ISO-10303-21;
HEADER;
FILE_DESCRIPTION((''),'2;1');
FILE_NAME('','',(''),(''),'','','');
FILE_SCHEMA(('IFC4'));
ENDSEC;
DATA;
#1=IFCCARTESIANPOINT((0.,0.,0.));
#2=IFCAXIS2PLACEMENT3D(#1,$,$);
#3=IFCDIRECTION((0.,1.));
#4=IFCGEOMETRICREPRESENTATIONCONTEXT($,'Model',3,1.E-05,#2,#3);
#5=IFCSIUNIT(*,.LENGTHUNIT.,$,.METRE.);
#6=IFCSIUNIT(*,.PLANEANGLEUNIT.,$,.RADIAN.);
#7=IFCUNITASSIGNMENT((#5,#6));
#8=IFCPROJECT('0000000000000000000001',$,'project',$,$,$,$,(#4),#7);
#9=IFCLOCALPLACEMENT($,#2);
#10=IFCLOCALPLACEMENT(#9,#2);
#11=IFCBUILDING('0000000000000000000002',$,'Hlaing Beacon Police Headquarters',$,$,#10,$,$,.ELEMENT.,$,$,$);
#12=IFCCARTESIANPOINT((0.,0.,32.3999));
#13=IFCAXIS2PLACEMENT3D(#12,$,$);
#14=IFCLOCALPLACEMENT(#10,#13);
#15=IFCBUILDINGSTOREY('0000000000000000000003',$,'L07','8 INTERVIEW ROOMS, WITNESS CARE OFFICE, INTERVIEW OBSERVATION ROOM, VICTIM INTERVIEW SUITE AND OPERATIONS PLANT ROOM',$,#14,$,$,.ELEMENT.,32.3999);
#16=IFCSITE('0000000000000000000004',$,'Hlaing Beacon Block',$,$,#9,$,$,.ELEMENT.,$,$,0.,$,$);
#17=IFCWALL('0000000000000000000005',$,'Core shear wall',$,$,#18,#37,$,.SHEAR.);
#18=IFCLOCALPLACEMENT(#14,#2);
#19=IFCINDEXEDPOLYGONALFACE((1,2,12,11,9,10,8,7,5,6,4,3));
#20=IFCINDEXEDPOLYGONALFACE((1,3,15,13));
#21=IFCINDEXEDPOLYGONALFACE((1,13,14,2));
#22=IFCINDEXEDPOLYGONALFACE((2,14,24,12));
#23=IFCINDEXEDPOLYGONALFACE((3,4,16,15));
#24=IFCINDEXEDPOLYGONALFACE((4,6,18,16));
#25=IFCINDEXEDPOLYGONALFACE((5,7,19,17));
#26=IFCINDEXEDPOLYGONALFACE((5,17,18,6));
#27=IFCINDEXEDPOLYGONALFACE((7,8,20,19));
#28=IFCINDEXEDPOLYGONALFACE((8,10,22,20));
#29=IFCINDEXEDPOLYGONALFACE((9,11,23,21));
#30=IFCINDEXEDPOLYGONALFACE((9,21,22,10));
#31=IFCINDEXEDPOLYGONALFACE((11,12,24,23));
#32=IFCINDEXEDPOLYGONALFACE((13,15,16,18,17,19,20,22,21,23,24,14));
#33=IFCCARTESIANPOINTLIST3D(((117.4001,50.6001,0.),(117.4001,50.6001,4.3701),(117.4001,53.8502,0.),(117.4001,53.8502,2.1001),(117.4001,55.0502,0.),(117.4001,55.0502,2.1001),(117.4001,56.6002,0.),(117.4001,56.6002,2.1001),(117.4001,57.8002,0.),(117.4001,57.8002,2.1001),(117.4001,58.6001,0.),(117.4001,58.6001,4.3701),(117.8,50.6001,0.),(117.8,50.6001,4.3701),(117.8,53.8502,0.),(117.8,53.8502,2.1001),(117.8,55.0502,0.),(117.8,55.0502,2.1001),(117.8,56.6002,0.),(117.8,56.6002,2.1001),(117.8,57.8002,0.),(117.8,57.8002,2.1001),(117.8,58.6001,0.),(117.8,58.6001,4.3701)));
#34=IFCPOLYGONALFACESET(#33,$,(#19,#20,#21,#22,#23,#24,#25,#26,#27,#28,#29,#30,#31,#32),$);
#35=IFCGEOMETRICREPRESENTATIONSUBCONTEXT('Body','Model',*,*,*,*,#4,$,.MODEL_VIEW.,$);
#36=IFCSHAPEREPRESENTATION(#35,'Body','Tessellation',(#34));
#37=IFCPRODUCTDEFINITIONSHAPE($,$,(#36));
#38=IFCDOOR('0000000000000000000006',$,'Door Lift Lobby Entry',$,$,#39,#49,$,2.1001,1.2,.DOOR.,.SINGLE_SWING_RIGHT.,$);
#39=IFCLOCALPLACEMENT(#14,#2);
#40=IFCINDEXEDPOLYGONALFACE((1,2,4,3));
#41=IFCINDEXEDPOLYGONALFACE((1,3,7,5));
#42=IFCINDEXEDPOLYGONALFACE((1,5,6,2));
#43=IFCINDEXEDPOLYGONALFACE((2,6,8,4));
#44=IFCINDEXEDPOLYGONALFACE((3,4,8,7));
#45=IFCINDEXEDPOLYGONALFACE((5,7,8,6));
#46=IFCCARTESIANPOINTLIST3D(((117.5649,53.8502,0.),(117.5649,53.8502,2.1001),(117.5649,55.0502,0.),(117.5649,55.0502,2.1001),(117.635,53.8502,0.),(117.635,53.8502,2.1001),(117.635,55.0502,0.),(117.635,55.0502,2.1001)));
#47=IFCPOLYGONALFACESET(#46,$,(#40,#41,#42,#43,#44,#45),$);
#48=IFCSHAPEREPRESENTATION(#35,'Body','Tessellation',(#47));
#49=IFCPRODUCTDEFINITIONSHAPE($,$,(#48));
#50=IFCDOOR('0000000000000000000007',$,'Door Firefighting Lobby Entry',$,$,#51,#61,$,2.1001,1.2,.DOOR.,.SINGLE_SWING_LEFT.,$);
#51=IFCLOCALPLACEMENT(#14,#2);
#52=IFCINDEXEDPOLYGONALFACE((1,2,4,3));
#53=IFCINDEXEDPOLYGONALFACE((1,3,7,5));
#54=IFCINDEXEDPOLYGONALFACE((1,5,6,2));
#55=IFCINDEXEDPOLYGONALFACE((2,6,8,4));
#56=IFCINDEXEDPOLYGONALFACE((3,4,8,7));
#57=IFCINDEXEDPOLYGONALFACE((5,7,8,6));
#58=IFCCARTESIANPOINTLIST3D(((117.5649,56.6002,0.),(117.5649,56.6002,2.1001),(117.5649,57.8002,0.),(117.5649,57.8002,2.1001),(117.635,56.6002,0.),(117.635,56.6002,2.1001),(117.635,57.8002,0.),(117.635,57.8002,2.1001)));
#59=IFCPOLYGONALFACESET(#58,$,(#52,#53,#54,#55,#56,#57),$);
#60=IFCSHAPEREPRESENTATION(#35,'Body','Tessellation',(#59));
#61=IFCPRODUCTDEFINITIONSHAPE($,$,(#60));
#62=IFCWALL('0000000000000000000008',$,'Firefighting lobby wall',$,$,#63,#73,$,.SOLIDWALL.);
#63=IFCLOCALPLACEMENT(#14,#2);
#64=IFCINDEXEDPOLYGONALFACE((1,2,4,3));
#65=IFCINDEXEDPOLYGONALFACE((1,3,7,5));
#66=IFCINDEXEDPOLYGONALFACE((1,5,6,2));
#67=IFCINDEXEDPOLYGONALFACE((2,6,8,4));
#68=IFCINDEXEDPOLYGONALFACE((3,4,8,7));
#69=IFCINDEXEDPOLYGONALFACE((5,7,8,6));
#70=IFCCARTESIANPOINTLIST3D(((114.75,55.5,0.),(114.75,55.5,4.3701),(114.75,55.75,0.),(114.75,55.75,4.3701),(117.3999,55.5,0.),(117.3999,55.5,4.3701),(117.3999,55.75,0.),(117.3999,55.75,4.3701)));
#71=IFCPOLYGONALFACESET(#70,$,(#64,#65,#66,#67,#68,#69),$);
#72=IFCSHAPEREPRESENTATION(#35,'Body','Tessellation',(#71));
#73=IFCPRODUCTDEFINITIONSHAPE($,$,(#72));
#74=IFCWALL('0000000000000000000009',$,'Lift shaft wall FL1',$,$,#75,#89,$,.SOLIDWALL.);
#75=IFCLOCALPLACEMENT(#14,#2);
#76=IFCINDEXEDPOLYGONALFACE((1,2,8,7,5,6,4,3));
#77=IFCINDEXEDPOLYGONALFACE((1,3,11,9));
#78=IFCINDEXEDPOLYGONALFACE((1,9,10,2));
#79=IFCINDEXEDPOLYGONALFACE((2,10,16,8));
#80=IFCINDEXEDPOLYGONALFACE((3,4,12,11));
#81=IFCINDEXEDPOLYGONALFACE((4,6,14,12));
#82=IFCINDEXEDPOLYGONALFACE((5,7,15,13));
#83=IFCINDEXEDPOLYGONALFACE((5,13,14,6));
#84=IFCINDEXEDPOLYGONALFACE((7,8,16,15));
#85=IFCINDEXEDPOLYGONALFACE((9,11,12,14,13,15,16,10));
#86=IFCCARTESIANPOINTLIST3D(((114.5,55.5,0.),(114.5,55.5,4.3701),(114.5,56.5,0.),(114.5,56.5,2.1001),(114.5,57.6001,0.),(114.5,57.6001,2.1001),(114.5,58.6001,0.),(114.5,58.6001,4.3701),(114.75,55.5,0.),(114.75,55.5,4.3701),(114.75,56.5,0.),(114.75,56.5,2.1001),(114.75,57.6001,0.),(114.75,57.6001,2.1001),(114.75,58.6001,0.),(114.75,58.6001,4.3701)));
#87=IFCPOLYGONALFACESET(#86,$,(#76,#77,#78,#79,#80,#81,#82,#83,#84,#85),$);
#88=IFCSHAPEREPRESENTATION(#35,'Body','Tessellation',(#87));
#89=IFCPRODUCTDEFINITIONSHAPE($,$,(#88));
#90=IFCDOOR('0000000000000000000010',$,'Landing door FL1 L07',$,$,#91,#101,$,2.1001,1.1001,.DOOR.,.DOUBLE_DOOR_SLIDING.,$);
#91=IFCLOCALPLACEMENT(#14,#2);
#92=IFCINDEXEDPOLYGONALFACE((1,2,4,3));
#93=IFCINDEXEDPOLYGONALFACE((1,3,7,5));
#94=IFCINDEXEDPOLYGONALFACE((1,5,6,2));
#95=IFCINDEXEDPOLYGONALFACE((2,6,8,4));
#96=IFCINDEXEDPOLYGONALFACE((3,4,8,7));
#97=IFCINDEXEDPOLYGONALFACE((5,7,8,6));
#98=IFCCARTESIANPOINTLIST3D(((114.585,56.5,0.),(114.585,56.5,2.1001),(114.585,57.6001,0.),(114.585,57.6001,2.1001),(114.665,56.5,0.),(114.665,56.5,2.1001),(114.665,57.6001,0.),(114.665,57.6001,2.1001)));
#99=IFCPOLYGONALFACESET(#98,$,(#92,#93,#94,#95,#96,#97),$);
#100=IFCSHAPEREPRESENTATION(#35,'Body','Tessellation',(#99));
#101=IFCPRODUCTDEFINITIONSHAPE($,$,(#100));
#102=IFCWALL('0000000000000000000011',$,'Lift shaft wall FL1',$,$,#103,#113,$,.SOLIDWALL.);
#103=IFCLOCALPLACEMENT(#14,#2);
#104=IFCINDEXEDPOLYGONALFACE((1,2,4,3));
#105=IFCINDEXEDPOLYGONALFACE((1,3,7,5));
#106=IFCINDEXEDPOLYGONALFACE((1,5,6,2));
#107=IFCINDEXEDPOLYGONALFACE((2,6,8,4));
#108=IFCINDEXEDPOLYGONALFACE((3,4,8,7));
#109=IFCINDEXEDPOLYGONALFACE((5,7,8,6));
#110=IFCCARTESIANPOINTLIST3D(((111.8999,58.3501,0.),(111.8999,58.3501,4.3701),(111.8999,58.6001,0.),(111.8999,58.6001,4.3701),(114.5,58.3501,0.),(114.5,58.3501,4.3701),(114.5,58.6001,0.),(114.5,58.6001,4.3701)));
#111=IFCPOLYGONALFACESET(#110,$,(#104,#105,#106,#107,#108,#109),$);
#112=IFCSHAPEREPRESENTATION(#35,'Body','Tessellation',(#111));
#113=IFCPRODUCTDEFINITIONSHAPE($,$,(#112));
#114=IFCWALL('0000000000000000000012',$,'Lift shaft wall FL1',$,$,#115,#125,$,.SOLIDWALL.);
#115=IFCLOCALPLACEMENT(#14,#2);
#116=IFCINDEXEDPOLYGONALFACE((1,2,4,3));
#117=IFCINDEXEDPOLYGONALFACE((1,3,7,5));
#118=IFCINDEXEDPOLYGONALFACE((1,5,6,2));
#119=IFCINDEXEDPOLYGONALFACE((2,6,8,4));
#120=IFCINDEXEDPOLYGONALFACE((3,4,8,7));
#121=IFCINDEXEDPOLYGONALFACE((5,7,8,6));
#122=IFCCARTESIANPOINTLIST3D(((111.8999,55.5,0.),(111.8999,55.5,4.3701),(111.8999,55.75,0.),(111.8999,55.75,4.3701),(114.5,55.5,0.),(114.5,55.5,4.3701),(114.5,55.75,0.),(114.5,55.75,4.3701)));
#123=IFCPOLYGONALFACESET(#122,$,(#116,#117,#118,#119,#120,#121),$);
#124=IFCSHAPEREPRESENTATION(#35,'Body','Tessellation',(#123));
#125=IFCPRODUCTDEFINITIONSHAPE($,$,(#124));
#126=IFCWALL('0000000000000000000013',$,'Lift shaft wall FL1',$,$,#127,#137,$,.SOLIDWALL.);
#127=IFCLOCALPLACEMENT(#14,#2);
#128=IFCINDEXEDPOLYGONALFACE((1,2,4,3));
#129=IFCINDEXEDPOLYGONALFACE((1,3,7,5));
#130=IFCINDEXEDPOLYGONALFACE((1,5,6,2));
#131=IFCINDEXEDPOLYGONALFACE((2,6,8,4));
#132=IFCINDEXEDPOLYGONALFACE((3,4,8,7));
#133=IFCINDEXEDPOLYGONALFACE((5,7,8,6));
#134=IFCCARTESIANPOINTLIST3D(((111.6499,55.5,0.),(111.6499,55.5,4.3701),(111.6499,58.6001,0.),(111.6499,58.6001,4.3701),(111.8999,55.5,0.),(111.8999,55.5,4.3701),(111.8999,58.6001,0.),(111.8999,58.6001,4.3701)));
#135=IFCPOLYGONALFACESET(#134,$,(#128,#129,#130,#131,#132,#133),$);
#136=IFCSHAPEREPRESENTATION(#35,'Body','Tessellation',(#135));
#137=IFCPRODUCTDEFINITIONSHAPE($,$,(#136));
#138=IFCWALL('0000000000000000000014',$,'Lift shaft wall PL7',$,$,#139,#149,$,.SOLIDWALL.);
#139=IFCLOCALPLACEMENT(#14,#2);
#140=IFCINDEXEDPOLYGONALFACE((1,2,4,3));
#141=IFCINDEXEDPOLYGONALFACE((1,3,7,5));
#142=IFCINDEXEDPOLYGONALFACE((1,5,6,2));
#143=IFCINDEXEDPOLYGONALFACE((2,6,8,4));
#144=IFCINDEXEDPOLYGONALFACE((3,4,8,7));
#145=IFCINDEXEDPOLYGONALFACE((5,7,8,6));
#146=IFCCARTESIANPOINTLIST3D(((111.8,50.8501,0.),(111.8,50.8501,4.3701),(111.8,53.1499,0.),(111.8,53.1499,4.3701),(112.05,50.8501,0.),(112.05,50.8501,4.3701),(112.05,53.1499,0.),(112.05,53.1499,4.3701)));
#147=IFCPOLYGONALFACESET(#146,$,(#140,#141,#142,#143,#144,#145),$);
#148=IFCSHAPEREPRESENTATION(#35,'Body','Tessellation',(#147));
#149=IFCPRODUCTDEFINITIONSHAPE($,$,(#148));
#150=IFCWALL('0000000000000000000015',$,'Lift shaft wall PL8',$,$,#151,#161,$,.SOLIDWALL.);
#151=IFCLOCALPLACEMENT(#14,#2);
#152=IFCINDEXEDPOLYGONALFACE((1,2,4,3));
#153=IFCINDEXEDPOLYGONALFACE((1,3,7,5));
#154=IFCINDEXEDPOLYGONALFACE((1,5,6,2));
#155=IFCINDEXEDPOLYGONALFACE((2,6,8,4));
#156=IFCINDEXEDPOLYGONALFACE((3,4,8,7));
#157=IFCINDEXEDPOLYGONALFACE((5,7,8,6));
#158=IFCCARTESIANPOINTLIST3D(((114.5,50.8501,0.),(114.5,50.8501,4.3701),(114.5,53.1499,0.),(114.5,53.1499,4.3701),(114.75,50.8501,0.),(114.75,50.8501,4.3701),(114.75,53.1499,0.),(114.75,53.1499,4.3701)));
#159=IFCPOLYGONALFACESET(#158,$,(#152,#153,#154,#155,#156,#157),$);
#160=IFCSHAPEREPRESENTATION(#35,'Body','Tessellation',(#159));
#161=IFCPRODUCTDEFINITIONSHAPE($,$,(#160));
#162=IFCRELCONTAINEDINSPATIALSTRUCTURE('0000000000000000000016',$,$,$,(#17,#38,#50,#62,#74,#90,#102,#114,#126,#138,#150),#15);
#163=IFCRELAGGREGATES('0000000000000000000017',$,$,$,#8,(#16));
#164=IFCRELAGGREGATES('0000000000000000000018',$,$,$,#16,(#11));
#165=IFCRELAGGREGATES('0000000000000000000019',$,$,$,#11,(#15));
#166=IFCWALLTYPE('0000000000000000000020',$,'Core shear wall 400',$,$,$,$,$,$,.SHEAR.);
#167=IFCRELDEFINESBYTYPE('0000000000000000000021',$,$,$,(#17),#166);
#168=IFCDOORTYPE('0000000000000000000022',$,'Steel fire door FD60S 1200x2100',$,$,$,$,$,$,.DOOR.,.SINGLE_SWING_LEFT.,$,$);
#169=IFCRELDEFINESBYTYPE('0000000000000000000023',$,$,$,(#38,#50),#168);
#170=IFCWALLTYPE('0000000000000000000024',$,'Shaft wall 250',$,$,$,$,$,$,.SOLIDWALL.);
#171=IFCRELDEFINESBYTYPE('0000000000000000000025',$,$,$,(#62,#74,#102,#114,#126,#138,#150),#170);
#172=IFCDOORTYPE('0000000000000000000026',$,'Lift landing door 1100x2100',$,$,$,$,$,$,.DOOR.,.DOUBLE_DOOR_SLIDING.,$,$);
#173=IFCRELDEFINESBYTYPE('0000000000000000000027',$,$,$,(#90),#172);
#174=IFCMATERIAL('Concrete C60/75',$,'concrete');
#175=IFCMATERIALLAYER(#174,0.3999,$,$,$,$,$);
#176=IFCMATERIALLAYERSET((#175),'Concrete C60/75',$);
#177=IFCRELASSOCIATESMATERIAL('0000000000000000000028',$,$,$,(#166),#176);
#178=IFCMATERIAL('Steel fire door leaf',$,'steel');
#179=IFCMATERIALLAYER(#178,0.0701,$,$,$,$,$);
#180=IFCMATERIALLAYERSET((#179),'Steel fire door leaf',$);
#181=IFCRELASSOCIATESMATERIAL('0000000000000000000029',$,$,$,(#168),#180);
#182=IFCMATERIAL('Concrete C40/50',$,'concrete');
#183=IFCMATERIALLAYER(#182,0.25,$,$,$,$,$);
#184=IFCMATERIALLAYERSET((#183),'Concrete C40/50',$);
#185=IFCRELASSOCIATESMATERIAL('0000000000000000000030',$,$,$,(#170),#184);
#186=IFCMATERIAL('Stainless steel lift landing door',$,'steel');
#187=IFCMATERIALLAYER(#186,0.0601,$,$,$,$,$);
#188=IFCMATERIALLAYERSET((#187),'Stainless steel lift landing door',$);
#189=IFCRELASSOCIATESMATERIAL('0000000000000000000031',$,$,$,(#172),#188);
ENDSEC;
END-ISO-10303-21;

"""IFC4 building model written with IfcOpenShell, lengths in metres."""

from ifc_helpers import new_model, si_unit, direction, frame, frame_2d, origin, place, context, subcontext, project, spatial, rectangle, extrude, material, layer, layer_set, type_object, element, fill, save


model = new_model("IFC4")

# Units and contexts
model_context = context("Model", 3, precision=1e-05, world=origin(), true_north=direction((0.0, 1.0)))
body_context = subcontext(model_context, "Body", "Model", "MODEL_VIEW")
ifc_project = project(units=[si_unit("LENGTHUNIT", "METRE"), si_unit("PLANEANGLEUNIT", "RADIAN")], contexts=[model_context])

# Site, building, storey
site_placement = place(None, origin())
site = spatial("IfcSite", under=ifc_project, at=site_placement, Name="Hlaing Beacon Block", CompositionType="ELEMENT", RefElevation=0.0)
building_placement = place(site_placement, origin())
building = spatial("IfcBuilding", under=site, at=building_placement, Name="Hlaing Beacon Police Headquarters", CompositionType="ELEMENT")
storey_placement = place(building_placement, frame((0.0, 0.0, 32.3999)))
storey = spatial("IfcBuildingStorey", under=building, at=storey_placement, Name="L07", Description="8 INTERVIEW ROOMS, WITNESS CARE OFFICE, INTERVIEW OBSERVATION ROOM, VICTIM INTERVIEW SUITE AND OPERATIONS PLANT ROOM", CompositionType="ELEMENT", Elevation=32.3999)

# Wall, openings, doors
ifc_material_1 = material(Name="Concrete C60/75", Category="concrete")
ifc_layer_1 = layer(ifc_material_1, 0.3999)
ifc_layer_set_1 = layer_set([ifc_layer_1], Name="Concrete C60/75")
wall_type_1 = type_object("IfcWallType", Name="Core shear wall 400", PredefinedType="SHEAR", material=ifc_layer_set_1)
wall_1_placement = place(storey_placement, frame((117.6001, 50.6001, 0.0), z_axis=(0.0, 0.0, 1.0), x_axis=(0.0, 1.0, 0.0)))
wall_1 = element("IfcWall", 1, at=wall_1_placement, inside=storey, type_object=wall_type_1, Name="Core shear wall", PredefinedType="SHEAR", context=body_context, shape_type="SweptSolid", body=[
    extrude(rectangle(XDim=8.0, YDim=0.3999, at=frame_2d((4.0, 0.0))), origin(), (0.0, 0.0, 1.0), 4.3701),
])
opening_1_placement = place(wall_1_placement, frame((3.25, 0.0, 0.0)))
opening_1 = element("IfcOpeningElement", 2, at=opening_1_placement, cuts=wall_1, PredefinedType="OPENING", context=body_context, shape_type="SweptSolid", body=[
    extrude(rectangle(XDim=1.2, YDim=2.1001, at=frame_2d((0.6001, 1.05))), frame((0.0, 0.21, 0.0), z_axis=(0.0, -1.0, 0.0), x_axis=(1.0, 0.0, 0.0)), (0.0, 0.0, 1.0), 0.4199),
])
opening_2_placement = place(wall_1_placement, frame((6.0, 0.0, 0.0)))
opening_2 = element("IfcOpeningElement", 3, at=opening_2_placement, cuts=wall_1, PredefinedType="OPENING", context=body_context, shape_type="SweptSolid", body=[
    extrude(rectangle(XDim=1.2, YDim=2.1001, at=frame_2d((0.6001, 1.05))), frame((0.0, 0.21, 0.0), z_axis=(0.0, -1.0, 0.0), x_axis=(1.0, 0.0, 0.0)), (0.0, 0.0, 1.0), 0.4199),
])
ifc_material_2 = material(Name="Steel fire door leaf", Category="steel")
ifc_layer_2 = layer(ifc_material_2, 0.0701)
ifc_layer_set_2 = layer_set([ifc_layer_2], Name="Steel fire door leaf")
door_type_1 = type_object("IfcDoorType", Name="Steel fire door FD60S 1200x2100", OperationType="SINGLE_SWING_LEFT", PredefinedType="DOOR", material=ifc_layer_set_2)
door_1_placement = place(opening_1_placement, origin())
door_1 = element("IfcDoor", 4, at=door_1_placement, inside=storey, type_object=door_type_1, Name="Door Lift Lobby Entry", OperationType="SINGLE_SWING_RIGHT", OverallHeight=2.1001, OverallWidth=1.2, PredefinedType="DOOR", context=body_context, shape_type="SweptSolid", body=[
    extrude(rectangle(XDim=1.2, YDim=2.1001, at=frame_2d((0.6001, 1.05))), frame((0.0, 0.0352, 0.0), z_axis=(0.0, -1.0, 0.0), x_axis=(1.0, 0.0, 0.0)), (0.0, 0.0, 1.0), 0.0701),
])
fill(opening_1, door_1)
door_2_placement = place(opening_2_placement, origin())
door_2 = element("IfcDoor", 5, at=door_2_placement, inside=storey, type_object=door_type_1, Name="Door Firefighting Lobby Entry", OperationType="SINGLE_SWING_LEFT", OverallHeight=2.1001, OverallWidth=1.2, PredefinedType="DOOR", context=body_context, shape_type="SweptSolid", body=[
    extrude(rectangle(XDim=1.2, YDim=2.1001, at=frame_2d((0.6001, 1.05))), frame((0.0, 0.0352, 0.0), z_axis=(0.0, -1.0, 0.0), x_axis=(1.0, 0.0, 0.0)), (0.0, 0.0, 1.0), 0.0701),
])
fill(opening_2, door_2)

# Wall
ifc_material_3 = material(Name="Concrete C40/50", Category="concrete")
ifc_layer_3 = layer(ifc_material_3, 0.25)
ifc_layer_set_3 = layer_set([ifc_layer_3], Name="Concrete C40/50")
wall_type_2 = type_object("IfcWallType", Name="Shaft wall 250", PredefinedType="SOLIDWALL", material=ifc_layer_set_3)
wall_2_placement = place(storey_placement, frame((114.75, 55.625, 0.0), z_axis=(0.0, 0.0, 1.0), x_axis=(1.0, 0.0, 0.0)))
element("IfcWall", 6, at=wall_2_placement, inside=storey, type_object=wall_type_2, Name="Firefighting lobby wall", PredefinedType="SOLIDWALL", context=body_context, shape_type="SweptSolid", body=[
    extrude(rectangle(XDim=2.6499, YDim=0.25, at=frame_2d((1.325, 0.0))), origin(), (0.0, 0.0, 1.0), 4.3701),
])

# Wall, opening, door
wall_3_placement = place(storey_placement, frame((114.625, 55.5, 0.0), z_axis=(0.0, 0.0, 1.0), x_axis=(0.0, 1.0, 0.0)))
wall_3 = element("IfcWall", 7, at=wall_3_placement, inside=storey, type_object=wall_type_2, Name="Lift shaft wall FL1", PredefinedType="SOLIDWALL", context=body_context, shape_type="SweptSolid", body=[
    extrude(rectangle(XDim=3.1001, YDim=0.25, at=frame_2d((1.55, 0.0))), origin(), (0.0, 0.0, 1.0), 4.3701),
])
opening_3_placement = place(wall_3_placement, frame((1.0, 0.0, 0.0)))
opening_3 = element("IfcOpeningElement", 8, at=opening_3_placement, cuts=wall_3, PredefinedType="OPENING", context=body_context, shape_type="SweptSolid", body=[
    extrude(rectangle(XDim=1.1001, YDim=2.1001, at=frame_2d((0.55, 1.05))), frame((0.0, 0.135, 0.0), z_axis=(0.0, -1.0, 0.0), x_axis=(1.0, 0.0, 0.0)), (0.0, 0.0, 1.0), 0.27),
])
ifc_material_4 = material(Name="Stainless steel lift landing door", Category="steel")
ifc_layer_4 = layer(ifc_material_4, 0.0601)
ifc_layer_set_4 = layer_set([ifc_layer_4], Name="Stainless steel lift landing door")
door_type_2 = type_object("IfcDoorType", Name="Lift landing door 1100x2100", OperationType="DOUBLE_DOOR_SLIDING", PredefinedType="DOOR", material=ifc_layer_set_4)
door_3_placement = place(opening_3_placement, origin())
door_3 = element("IfcDoor", 9, at=door_3_placement, inside=storey, type_object=door_type_2, Name="Landing door FL1 L07", OperationType="DOUBLE_DOOR_SLIDING", OverallHeight=2.1001, OverallWidth=1.1001, PredefinedType="DOOR", context=body_context, shape_type="SweptSolid", body=[
    extrude(rectangle(XDim=1.1001, YDim=2.1001, at=frame_2d((0.55, 1.05))), frame((0.0, 0.04, 0.0), z_axis=(0.0, -1.0, 0.0), x_axis=(1.0, 0.0, 0.0)), (0.0, 0.0, 1.0), 0.0801),
])
fill(opening_3, door_3)

# Walls
for number, where, z_axis, x_axis, name in (
    (10, (111.8999, 58.4751, 0.0), (0.0, 0.0, 1.0), (1.0, 0.0, 0.0), "Lift shaft wall FL1"),
    (11, (111.8999, 55.625, 0.0), (0.0, 0.0, 1.0), (1.0, 0.0, 0.0), "Lift shaft wall FL1"),
):
    element("IfcWall", number, at=place(storey_placement, frame(where, z_axis=z_axis, x_axis=x_axis)), inside=storey, type_object=wall_type_2, Name=name, PredefinedType="SOLIDWALL", context=body_context, shape_type="SweptSolid", body=[
        extrude(rectangle(XDim=2.6001, YDim=0.25, at=frame_2d((1.3, 0.0))), origin(), (0.0, 0.0, 1.0), 4.3701),
    ])
wall_4_placement = place(storey_placement, frame((111.7749, 55.5, 0.0), z_axis=(0.0, 0.0, 1.0), x_axis=(0.0, 1.0, 0.0)))
element("IfcWall", 12, at=wall_4_placement, inside=storey, type_object=wall_type_2, Name="Lift shaft wall FL1", PredefinedType="SOLIDWALL", context=body_context, shape_type="SweptSolid", body=[
    extrude(rectangle(XDim=3.1001, YDim=0.25, at=frame_2d((1.55, 0.0))), origin(), (0.0, 0.0, 1.0), 4.3701),
])
for number, where, z_axis, x_axis, name in (
    (13, (111.925, 50.8501, 0.0), (0.0, 0.0, 1.0), (0.0, 1.0, 0.0), "Lift shaft wall PL7"),
    (14, (114.625, 50.8501, 0.0), (0.0, 0.0, 1.0), (0.0, 1.0, 0.0), "Lift shaft wall PL8"),
):
    element("IfcWall", number, at=place(storey_placement, frame(where, z_axis=z_axis, x_axis=x_axis)), inside=storey, type_object=wall_type_2, Name=name, PredefinedType="SOLIDWALL", context=body_context, shape_type="SweptSolid", body=[
        extrude(rectangle(XDim=2.2998, YDim=0.25, at=frame_2d((1.1499, 0.0))), origin(), (0.0, 0.0, 1.0), 4.3701),
    ])

save(model, "model.ifc")
